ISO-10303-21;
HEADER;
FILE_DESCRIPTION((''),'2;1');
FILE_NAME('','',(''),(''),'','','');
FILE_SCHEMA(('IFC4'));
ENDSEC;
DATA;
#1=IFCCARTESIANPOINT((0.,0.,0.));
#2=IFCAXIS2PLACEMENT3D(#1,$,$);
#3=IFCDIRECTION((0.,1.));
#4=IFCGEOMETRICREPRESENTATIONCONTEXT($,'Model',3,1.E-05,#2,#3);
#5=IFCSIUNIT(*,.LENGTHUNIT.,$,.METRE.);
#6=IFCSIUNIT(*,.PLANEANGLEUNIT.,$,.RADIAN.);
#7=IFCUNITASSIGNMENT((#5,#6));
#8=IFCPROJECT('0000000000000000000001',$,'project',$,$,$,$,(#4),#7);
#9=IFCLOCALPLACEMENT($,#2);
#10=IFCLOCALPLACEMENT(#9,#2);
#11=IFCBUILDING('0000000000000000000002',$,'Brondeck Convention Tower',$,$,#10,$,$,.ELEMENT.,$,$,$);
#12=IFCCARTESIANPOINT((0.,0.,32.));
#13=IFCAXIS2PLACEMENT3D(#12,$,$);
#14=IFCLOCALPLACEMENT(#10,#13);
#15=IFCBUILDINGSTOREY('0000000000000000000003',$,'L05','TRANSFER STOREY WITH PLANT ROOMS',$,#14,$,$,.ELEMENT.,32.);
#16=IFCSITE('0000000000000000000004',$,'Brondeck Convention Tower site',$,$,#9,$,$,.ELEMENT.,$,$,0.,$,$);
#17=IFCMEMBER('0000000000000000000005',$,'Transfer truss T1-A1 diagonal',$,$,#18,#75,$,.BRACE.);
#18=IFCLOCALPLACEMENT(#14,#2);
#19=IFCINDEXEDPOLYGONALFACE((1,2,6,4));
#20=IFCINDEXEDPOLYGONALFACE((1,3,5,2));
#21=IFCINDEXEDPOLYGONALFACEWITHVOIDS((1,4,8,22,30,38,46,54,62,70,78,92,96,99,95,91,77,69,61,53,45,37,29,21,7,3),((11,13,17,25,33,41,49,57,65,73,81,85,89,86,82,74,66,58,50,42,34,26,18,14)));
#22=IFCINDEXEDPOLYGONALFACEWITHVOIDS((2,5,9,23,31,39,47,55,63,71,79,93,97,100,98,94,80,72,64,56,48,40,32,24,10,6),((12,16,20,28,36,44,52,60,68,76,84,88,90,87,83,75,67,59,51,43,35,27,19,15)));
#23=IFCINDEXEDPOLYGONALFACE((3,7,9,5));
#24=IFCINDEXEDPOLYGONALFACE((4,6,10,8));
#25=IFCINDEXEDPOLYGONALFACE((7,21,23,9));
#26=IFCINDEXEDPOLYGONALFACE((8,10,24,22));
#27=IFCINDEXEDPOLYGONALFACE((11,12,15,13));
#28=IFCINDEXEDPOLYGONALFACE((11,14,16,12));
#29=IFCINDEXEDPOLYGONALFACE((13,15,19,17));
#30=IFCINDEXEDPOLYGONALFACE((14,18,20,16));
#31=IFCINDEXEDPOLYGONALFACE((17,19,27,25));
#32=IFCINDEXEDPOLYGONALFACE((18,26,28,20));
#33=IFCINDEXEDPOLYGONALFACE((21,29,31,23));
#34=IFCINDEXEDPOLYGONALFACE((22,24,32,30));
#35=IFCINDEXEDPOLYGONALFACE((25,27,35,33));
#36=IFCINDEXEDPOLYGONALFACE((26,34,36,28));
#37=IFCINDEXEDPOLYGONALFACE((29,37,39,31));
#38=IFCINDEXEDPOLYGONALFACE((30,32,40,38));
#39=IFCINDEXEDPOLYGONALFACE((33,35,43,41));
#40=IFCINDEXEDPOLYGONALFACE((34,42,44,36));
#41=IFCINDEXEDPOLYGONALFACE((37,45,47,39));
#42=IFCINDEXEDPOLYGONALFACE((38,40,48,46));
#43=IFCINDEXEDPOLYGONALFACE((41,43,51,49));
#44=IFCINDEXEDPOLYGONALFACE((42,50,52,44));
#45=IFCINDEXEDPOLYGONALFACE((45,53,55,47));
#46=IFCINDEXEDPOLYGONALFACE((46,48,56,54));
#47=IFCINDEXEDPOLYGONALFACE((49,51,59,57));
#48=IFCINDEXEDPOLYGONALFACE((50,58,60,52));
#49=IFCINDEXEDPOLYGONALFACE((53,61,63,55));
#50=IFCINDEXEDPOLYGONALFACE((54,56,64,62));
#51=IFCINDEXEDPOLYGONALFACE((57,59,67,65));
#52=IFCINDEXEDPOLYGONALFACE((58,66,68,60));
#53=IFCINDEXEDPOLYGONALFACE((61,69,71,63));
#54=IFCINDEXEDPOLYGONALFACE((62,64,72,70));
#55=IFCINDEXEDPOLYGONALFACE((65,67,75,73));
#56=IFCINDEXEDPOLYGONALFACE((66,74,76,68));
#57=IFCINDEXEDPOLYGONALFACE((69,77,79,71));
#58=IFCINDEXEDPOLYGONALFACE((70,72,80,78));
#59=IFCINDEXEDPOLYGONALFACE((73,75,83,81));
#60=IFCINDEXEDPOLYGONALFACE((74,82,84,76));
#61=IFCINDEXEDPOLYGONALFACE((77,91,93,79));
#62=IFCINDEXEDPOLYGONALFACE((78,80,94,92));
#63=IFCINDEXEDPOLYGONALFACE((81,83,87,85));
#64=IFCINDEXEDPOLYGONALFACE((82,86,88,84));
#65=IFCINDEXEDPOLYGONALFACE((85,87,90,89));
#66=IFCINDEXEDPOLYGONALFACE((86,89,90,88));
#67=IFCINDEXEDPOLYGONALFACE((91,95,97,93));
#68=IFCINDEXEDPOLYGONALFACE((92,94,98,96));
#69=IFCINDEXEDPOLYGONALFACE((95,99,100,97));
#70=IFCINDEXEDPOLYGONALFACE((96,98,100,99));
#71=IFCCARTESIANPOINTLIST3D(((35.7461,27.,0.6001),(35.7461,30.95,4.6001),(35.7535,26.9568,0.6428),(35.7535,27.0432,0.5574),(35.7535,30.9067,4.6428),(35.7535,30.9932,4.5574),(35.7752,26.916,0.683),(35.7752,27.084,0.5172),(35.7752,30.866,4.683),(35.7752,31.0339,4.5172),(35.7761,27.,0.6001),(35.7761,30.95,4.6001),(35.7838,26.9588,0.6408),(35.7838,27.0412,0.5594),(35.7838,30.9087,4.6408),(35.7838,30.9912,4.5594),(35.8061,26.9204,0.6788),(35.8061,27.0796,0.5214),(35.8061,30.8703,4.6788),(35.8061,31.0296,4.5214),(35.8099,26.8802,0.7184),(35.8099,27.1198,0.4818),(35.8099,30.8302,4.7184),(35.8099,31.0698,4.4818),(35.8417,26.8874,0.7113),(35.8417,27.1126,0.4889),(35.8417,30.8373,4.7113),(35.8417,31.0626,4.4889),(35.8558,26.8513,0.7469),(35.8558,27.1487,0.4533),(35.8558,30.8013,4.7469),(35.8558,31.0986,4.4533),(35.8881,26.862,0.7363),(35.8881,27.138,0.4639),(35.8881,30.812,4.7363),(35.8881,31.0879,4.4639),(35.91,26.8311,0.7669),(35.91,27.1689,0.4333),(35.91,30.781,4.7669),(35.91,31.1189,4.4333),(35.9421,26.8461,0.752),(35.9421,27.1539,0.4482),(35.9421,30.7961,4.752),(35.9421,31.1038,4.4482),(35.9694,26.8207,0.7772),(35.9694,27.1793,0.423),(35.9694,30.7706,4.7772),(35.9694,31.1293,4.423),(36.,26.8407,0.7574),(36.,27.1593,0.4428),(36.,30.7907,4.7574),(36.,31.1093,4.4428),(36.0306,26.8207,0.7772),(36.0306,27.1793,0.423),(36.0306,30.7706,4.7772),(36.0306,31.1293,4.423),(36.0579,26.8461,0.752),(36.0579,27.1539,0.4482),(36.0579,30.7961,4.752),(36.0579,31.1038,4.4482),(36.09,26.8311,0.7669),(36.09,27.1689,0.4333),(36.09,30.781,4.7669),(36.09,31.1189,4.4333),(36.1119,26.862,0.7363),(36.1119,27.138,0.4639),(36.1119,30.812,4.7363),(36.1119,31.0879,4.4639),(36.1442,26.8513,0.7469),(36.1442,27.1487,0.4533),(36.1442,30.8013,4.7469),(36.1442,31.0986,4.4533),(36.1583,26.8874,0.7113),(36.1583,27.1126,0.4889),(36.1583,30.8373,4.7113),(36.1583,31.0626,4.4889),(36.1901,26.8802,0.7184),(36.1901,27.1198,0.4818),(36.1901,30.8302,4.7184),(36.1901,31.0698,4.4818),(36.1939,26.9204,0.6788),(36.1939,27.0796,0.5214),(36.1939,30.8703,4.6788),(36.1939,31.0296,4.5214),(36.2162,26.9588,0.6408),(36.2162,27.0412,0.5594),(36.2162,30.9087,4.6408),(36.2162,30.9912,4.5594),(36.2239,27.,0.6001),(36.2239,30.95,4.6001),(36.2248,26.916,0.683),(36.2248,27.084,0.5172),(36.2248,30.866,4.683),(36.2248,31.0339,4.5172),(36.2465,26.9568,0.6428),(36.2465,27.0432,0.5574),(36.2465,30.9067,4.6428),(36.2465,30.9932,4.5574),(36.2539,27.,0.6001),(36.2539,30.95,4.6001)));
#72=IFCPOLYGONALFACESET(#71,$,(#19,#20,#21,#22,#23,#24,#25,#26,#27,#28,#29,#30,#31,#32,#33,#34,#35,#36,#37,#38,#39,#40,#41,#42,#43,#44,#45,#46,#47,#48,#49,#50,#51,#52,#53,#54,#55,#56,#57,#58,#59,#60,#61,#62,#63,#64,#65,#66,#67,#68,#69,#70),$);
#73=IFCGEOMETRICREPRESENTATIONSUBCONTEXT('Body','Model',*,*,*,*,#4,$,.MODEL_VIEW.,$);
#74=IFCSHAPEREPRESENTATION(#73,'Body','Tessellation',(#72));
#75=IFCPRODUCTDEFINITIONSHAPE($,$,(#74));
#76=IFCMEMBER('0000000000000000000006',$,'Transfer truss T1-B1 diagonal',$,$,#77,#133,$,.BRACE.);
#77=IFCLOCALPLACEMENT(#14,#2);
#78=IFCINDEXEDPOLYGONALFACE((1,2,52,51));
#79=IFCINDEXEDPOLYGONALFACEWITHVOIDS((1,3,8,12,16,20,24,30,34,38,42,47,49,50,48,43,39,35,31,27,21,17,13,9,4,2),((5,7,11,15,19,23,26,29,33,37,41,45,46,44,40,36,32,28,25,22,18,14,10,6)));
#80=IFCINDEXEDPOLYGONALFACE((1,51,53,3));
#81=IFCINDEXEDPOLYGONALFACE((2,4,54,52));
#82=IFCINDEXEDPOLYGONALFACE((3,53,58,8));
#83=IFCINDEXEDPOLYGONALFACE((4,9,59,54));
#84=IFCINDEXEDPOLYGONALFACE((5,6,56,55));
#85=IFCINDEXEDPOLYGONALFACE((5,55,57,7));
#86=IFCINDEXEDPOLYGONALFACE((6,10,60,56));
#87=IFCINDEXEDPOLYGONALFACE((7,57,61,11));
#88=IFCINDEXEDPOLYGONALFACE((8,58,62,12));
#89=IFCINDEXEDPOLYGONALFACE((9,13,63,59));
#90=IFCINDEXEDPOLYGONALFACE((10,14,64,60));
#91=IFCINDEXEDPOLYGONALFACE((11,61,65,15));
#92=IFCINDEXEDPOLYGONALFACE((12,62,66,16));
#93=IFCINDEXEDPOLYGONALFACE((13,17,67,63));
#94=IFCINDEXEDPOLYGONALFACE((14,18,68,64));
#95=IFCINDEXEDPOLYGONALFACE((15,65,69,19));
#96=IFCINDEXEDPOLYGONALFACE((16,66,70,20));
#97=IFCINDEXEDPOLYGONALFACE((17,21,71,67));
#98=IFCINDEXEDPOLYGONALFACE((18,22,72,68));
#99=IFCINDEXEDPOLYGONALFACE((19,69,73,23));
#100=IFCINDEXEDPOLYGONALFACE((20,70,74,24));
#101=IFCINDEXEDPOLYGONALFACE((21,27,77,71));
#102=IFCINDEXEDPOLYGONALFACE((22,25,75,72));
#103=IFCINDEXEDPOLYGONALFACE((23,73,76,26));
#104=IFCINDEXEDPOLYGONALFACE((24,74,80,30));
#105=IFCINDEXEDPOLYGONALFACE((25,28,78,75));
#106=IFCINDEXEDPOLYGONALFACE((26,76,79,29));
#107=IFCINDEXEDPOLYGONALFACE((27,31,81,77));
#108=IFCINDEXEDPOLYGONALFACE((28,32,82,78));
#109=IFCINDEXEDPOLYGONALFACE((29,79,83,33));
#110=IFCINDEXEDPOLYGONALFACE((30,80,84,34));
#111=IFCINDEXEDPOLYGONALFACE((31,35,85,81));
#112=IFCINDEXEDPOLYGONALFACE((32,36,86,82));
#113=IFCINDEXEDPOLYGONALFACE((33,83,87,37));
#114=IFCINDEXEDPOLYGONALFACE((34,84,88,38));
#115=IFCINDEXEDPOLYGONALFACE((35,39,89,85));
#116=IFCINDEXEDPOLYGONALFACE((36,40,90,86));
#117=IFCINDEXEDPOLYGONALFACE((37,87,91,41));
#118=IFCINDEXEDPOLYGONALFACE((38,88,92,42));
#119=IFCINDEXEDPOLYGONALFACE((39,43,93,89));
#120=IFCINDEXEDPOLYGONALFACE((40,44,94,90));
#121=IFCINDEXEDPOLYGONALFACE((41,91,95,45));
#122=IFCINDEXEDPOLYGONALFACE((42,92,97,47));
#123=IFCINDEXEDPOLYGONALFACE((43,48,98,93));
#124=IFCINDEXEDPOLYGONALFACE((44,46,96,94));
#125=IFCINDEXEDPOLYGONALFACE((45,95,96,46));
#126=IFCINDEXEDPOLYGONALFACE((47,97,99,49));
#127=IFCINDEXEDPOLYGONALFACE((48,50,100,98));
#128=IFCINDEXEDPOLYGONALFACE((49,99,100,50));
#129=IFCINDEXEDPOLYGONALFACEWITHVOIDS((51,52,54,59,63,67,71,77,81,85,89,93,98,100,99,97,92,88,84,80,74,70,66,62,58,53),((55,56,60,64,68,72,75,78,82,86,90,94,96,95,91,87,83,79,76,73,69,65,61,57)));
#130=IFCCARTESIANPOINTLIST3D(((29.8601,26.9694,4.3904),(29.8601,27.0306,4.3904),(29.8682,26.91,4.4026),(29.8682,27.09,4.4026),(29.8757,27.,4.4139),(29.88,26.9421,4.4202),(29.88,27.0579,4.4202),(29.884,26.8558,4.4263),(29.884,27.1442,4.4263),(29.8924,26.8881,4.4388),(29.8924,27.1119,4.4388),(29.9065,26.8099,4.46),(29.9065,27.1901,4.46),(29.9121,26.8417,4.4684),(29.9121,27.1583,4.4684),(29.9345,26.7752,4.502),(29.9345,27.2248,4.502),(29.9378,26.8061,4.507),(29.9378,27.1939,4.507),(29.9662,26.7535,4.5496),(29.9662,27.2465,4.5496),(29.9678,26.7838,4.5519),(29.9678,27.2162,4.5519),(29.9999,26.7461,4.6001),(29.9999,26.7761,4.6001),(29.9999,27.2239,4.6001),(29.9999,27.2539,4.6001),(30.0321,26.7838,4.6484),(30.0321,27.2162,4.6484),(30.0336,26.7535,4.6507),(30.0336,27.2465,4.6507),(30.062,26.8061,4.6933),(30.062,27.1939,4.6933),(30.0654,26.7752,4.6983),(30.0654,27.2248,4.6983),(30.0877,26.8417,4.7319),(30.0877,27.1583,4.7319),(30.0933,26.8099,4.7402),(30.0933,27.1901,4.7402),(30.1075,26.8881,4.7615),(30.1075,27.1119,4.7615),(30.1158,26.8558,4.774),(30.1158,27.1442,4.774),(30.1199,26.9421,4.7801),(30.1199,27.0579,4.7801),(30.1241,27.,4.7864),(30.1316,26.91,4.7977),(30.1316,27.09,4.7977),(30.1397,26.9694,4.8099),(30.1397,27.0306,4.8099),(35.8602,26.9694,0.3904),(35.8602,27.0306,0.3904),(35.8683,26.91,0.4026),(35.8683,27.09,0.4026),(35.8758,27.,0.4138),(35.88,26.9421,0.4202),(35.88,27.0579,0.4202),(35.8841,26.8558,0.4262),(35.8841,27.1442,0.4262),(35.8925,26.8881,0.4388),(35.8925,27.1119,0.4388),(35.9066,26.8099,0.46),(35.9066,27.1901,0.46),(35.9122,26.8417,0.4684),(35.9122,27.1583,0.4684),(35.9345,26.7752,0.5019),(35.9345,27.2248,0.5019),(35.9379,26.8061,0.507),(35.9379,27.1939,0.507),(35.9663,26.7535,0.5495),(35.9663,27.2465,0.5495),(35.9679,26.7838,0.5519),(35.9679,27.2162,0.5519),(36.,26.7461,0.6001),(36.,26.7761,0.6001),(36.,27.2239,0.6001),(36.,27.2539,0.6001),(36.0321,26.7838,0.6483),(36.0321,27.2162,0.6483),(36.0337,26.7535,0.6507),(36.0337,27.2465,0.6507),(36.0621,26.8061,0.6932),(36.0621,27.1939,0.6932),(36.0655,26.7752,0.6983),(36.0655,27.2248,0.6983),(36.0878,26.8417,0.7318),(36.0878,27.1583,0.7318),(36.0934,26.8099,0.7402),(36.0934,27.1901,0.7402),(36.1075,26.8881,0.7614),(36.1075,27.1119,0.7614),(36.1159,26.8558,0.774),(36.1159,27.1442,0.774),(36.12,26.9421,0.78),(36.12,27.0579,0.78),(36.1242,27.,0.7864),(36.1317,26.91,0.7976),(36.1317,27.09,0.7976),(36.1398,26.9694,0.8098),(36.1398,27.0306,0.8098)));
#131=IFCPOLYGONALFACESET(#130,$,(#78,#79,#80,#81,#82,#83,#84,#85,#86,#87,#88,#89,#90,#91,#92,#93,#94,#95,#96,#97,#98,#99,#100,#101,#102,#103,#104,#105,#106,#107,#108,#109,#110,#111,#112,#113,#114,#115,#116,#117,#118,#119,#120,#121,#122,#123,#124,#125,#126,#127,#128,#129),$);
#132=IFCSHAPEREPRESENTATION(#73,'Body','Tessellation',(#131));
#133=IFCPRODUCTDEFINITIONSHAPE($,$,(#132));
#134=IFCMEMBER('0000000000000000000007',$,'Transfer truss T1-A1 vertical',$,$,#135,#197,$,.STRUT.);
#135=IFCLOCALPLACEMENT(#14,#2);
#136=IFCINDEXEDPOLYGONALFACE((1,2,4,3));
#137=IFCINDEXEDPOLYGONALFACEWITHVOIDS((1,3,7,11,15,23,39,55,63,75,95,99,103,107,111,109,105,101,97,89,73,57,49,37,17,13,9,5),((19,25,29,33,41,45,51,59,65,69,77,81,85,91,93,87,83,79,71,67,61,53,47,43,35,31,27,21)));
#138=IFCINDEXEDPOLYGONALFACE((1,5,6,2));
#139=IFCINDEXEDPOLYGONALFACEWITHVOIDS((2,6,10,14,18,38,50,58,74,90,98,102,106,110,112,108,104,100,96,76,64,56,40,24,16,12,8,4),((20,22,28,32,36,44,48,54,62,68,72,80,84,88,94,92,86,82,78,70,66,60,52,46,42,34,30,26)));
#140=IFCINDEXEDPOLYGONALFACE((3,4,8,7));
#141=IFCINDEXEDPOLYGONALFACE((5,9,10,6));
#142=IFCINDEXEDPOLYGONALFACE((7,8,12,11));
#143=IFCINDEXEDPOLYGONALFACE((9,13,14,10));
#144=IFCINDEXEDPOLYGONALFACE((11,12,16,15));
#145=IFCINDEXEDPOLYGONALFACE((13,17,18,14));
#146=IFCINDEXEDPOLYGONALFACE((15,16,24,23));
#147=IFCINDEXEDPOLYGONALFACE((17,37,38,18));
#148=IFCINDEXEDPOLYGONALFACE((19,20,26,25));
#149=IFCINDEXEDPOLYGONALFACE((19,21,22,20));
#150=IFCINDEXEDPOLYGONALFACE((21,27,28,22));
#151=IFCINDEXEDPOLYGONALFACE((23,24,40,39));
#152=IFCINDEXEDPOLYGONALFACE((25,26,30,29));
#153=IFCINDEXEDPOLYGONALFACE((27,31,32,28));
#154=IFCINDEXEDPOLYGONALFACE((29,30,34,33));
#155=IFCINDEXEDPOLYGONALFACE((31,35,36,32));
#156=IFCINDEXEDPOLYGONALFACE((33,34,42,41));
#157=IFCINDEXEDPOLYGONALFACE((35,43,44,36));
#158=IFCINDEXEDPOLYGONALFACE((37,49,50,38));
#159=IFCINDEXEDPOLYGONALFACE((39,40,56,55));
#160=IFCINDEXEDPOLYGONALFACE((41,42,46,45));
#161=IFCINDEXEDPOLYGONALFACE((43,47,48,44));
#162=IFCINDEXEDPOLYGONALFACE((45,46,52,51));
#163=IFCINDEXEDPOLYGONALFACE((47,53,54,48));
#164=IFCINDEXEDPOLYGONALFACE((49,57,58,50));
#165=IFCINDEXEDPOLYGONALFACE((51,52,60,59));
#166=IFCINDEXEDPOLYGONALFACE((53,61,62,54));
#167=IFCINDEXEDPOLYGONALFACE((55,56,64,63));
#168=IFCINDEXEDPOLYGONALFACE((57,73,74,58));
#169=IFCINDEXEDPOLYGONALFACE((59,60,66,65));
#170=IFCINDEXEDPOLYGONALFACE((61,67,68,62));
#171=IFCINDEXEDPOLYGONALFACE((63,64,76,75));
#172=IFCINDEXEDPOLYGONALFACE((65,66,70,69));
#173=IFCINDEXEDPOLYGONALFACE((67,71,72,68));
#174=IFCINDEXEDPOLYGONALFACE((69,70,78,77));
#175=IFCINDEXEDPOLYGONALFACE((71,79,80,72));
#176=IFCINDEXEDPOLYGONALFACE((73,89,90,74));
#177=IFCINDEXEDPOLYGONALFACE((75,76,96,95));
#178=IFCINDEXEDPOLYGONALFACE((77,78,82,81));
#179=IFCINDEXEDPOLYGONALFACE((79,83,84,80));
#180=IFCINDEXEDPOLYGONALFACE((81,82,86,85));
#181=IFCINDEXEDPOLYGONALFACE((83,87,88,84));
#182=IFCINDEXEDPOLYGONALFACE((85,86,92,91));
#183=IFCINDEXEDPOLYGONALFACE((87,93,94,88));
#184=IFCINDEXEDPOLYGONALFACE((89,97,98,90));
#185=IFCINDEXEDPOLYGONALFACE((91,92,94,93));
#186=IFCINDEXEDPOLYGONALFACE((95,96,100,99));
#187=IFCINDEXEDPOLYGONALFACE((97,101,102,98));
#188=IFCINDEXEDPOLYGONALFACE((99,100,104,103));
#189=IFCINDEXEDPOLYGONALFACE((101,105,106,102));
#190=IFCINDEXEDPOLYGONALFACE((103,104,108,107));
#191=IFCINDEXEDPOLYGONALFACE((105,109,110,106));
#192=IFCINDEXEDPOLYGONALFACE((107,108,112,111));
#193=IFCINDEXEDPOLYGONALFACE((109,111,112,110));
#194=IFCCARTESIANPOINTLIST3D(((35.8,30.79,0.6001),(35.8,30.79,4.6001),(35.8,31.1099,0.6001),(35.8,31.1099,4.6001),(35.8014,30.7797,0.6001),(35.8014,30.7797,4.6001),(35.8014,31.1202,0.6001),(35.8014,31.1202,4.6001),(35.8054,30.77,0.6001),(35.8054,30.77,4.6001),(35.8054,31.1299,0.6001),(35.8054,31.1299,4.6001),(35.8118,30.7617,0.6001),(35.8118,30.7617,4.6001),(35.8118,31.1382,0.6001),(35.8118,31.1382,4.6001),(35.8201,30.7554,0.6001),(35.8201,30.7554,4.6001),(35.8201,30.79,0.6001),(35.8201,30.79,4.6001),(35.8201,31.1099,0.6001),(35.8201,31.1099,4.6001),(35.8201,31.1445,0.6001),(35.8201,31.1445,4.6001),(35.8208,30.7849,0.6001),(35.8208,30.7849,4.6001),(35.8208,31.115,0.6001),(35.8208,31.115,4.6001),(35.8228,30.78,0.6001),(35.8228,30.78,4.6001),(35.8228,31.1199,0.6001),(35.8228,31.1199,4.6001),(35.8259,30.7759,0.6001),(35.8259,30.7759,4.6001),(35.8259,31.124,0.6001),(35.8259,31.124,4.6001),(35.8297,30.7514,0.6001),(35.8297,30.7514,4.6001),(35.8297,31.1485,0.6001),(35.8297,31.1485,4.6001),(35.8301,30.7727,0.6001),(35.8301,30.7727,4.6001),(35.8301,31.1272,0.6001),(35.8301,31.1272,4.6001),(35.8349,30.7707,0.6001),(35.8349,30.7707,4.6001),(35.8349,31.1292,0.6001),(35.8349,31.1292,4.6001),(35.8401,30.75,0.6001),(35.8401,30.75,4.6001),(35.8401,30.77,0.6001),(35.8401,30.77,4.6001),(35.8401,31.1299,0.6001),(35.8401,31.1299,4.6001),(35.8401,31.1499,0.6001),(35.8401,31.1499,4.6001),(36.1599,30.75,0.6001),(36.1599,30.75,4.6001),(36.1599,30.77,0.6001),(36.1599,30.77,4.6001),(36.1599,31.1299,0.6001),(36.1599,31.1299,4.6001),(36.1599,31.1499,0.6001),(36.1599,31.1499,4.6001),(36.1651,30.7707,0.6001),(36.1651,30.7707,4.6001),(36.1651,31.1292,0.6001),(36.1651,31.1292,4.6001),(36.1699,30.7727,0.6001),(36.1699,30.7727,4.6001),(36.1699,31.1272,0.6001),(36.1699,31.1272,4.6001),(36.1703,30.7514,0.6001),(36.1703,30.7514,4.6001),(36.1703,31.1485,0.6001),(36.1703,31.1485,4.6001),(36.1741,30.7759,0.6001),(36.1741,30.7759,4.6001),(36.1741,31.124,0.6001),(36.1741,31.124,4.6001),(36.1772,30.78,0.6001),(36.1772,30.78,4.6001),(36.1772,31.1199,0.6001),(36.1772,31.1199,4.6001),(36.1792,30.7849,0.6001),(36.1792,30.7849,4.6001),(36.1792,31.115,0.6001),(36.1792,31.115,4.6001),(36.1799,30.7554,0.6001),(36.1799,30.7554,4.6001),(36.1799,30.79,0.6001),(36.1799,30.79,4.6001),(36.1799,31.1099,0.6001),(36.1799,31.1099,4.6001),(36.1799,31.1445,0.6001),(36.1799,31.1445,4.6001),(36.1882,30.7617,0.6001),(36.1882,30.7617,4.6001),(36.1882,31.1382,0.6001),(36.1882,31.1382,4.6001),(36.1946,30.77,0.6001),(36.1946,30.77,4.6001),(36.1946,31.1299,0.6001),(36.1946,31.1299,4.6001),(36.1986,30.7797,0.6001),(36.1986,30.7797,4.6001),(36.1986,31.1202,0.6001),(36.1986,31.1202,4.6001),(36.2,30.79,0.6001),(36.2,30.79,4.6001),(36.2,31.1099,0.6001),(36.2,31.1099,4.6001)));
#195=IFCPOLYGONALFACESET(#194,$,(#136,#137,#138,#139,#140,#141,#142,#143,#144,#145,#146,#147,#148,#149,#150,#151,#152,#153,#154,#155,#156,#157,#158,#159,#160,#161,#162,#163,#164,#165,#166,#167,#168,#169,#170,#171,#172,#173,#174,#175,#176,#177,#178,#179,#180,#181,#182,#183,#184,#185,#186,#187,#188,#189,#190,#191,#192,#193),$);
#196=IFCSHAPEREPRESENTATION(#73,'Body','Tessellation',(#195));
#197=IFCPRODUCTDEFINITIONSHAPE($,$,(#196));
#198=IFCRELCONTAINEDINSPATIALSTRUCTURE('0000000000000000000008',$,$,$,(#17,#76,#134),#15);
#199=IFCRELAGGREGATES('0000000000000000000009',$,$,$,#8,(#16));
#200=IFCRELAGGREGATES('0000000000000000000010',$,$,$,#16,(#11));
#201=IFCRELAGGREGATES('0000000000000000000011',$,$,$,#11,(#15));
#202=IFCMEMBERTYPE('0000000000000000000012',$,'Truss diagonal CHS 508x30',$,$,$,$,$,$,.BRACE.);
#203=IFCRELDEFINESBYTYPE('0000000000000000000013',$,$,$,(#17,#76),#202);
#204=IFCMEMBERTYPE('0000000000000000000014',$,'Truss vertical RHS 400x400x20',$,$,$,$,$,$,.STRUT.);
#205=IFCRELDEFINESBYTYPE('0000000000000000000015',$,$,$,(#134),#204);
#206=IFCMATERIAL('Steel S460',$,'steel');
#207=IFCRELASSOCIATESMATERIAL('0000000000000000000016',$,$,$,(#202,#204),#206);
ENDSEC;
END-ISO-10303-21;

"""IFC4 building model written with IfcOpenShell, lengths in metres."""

from ifc_helpers import new_model, si_unit, direction, frame, origin, origin_2d, place, context, subcontext, project, spatial, hollow_rectangle, hollow_circle, extrude, material, material_profile, profile_set, type_object, element, save


model = new_model("IFC4")

# Units and contexts
model_context = context("Model", 3, precision=1e-05, world=origin(), true_north=direction((0.0, 1.0)))
body_context = subcontext(model_context, "Body", "Model", "MODEL_VIEW")
ifc_project = project(units=[si_unit("LENGTHUNIT", "METRE"), si_unit("PLANEANGLEUNIT", "RADIAN")], contexts=[model_context])

# Site, building, storey
site_placement = place(None, origin())
site = spatial("IfcSite", under=ifc_project, at=site_placement, Name="Brondeck Convention Tower site", CompositionType="ELEMENT", RefElevation=0.0)
building_placement = place(site_placement, origin())
building = spatial("IfcBuilding", under=site, at=building_placement, Name="Brondeck Convention Tower", CompositionType="ELEMENT")
storey_placement = place(building_placement, frame((0.0, 0.0, 32.0)))
storey = spatial("IfcBuildingStorey", under=building, at=storey_placement, Name="L05", Description="TRANSFER STOREY WITH PLANT ROOMS", CompositionType="ELEMENT", Elevation=32.0)

# Shared definitions
ifc_material_1 = material(Name="Steel S460", Category="steel")

# Members
ifc_material_profile_1 = material_profile(ifc_material_1, hollow_circle(Radius=0.2539, WallThickness=0.03, at=origin_2d()), Name="CHS 508x30")
ifc_profile_set_1 = profile_set([ifc_material_profile_1], Name="Steel S460")
member_type_1 = type_object("IfcMemberType", Name="Truss diagonal CHS 508x30", PredefinedType="BRACE", material=ifc_profile_set_1)
member_1_placement = place(storey_placement, frame((36.0, 27.0, 0.6001), z_axis=(0.0, 0.702641, 0.711544), x_axis=(-1.0, 0.0, 0.0)))
element("IfcMember", 1, at=member_1_placement, inside=storey, type_object=member_type_1, Name="Transfer truss T1-A1 diagonal", PredefinedType="BRACE", context=body_context, shape_type="SweptSolid", body=[
    extrude(hollow_circle(Radius=0.2539, WallThickness=0.03, at=origin_2d()), origin(), (0.0, 0.0, 1.0), 5.6216),
])
member_2_placement = place(storey_placement, frame((36.0, 27.0, 0.6001), z_axis=(-0.83205, 0.0, 0.5547), x_axis=(0.0, -1.0, 0.0)))
element("IfcMember", 2, at=member_2_placement, inside=storey, type_object=member_type_1, Name="Transfer truss T1-B1 diagonal", PredefinedType="BRACE", context=body_context, shape_type="SweptSolid", body=[
    extrude(hollow_circle(Radius=0.2539, WallThickness=0.03, at=origin_2d()), origin(), (0.0, 0.0, 1.0), 7.2112),
])
ifc_material_profile_2 = material_profile(ifc_material_1, hollow_rectangle(XDim=0.3999, YDim=0.3999, WallThickness=0.02, InnerFilletRadius=0.02, OuterFilletRadius=0.04, at=origin_2d()), Name="RHS 400x400x20")
ifc_profile_set_2 = profile_set([ifc_material_profile_2], Name="Steel S460")
member_type_2 = type_object("IfcMemberType", Name="Truss vertical RHS 400x400x20", PredefinedType="STRUT", material=ifc_profile_set_2)
member_3_placement = place(storey_placement, frame((36.0, 30.95, 0.6001), z_axis=(0.0, 0.0, 1.0), x_axis=(1.0, 0.0, 0.0)))
element("IfcMember", 3, at=member_3_placement, inside=storey, type_object=member_type_2, Name="Transfer truss T1-A1 vertical", PredefinedType="STRUT", context=body_context, shape_type="SweptSolid", body=[
    extrude(hollow_rectangle(XDim=0.3999, YDim=0.3999, WallThickness=0.02, InnerFilletRadius=0.02, OuterFilletRadius=0.04, at=origin_2d()), origin(), (0.0, 0.0, 1.0), 4.0),
])

save(model, "model.ifc")
